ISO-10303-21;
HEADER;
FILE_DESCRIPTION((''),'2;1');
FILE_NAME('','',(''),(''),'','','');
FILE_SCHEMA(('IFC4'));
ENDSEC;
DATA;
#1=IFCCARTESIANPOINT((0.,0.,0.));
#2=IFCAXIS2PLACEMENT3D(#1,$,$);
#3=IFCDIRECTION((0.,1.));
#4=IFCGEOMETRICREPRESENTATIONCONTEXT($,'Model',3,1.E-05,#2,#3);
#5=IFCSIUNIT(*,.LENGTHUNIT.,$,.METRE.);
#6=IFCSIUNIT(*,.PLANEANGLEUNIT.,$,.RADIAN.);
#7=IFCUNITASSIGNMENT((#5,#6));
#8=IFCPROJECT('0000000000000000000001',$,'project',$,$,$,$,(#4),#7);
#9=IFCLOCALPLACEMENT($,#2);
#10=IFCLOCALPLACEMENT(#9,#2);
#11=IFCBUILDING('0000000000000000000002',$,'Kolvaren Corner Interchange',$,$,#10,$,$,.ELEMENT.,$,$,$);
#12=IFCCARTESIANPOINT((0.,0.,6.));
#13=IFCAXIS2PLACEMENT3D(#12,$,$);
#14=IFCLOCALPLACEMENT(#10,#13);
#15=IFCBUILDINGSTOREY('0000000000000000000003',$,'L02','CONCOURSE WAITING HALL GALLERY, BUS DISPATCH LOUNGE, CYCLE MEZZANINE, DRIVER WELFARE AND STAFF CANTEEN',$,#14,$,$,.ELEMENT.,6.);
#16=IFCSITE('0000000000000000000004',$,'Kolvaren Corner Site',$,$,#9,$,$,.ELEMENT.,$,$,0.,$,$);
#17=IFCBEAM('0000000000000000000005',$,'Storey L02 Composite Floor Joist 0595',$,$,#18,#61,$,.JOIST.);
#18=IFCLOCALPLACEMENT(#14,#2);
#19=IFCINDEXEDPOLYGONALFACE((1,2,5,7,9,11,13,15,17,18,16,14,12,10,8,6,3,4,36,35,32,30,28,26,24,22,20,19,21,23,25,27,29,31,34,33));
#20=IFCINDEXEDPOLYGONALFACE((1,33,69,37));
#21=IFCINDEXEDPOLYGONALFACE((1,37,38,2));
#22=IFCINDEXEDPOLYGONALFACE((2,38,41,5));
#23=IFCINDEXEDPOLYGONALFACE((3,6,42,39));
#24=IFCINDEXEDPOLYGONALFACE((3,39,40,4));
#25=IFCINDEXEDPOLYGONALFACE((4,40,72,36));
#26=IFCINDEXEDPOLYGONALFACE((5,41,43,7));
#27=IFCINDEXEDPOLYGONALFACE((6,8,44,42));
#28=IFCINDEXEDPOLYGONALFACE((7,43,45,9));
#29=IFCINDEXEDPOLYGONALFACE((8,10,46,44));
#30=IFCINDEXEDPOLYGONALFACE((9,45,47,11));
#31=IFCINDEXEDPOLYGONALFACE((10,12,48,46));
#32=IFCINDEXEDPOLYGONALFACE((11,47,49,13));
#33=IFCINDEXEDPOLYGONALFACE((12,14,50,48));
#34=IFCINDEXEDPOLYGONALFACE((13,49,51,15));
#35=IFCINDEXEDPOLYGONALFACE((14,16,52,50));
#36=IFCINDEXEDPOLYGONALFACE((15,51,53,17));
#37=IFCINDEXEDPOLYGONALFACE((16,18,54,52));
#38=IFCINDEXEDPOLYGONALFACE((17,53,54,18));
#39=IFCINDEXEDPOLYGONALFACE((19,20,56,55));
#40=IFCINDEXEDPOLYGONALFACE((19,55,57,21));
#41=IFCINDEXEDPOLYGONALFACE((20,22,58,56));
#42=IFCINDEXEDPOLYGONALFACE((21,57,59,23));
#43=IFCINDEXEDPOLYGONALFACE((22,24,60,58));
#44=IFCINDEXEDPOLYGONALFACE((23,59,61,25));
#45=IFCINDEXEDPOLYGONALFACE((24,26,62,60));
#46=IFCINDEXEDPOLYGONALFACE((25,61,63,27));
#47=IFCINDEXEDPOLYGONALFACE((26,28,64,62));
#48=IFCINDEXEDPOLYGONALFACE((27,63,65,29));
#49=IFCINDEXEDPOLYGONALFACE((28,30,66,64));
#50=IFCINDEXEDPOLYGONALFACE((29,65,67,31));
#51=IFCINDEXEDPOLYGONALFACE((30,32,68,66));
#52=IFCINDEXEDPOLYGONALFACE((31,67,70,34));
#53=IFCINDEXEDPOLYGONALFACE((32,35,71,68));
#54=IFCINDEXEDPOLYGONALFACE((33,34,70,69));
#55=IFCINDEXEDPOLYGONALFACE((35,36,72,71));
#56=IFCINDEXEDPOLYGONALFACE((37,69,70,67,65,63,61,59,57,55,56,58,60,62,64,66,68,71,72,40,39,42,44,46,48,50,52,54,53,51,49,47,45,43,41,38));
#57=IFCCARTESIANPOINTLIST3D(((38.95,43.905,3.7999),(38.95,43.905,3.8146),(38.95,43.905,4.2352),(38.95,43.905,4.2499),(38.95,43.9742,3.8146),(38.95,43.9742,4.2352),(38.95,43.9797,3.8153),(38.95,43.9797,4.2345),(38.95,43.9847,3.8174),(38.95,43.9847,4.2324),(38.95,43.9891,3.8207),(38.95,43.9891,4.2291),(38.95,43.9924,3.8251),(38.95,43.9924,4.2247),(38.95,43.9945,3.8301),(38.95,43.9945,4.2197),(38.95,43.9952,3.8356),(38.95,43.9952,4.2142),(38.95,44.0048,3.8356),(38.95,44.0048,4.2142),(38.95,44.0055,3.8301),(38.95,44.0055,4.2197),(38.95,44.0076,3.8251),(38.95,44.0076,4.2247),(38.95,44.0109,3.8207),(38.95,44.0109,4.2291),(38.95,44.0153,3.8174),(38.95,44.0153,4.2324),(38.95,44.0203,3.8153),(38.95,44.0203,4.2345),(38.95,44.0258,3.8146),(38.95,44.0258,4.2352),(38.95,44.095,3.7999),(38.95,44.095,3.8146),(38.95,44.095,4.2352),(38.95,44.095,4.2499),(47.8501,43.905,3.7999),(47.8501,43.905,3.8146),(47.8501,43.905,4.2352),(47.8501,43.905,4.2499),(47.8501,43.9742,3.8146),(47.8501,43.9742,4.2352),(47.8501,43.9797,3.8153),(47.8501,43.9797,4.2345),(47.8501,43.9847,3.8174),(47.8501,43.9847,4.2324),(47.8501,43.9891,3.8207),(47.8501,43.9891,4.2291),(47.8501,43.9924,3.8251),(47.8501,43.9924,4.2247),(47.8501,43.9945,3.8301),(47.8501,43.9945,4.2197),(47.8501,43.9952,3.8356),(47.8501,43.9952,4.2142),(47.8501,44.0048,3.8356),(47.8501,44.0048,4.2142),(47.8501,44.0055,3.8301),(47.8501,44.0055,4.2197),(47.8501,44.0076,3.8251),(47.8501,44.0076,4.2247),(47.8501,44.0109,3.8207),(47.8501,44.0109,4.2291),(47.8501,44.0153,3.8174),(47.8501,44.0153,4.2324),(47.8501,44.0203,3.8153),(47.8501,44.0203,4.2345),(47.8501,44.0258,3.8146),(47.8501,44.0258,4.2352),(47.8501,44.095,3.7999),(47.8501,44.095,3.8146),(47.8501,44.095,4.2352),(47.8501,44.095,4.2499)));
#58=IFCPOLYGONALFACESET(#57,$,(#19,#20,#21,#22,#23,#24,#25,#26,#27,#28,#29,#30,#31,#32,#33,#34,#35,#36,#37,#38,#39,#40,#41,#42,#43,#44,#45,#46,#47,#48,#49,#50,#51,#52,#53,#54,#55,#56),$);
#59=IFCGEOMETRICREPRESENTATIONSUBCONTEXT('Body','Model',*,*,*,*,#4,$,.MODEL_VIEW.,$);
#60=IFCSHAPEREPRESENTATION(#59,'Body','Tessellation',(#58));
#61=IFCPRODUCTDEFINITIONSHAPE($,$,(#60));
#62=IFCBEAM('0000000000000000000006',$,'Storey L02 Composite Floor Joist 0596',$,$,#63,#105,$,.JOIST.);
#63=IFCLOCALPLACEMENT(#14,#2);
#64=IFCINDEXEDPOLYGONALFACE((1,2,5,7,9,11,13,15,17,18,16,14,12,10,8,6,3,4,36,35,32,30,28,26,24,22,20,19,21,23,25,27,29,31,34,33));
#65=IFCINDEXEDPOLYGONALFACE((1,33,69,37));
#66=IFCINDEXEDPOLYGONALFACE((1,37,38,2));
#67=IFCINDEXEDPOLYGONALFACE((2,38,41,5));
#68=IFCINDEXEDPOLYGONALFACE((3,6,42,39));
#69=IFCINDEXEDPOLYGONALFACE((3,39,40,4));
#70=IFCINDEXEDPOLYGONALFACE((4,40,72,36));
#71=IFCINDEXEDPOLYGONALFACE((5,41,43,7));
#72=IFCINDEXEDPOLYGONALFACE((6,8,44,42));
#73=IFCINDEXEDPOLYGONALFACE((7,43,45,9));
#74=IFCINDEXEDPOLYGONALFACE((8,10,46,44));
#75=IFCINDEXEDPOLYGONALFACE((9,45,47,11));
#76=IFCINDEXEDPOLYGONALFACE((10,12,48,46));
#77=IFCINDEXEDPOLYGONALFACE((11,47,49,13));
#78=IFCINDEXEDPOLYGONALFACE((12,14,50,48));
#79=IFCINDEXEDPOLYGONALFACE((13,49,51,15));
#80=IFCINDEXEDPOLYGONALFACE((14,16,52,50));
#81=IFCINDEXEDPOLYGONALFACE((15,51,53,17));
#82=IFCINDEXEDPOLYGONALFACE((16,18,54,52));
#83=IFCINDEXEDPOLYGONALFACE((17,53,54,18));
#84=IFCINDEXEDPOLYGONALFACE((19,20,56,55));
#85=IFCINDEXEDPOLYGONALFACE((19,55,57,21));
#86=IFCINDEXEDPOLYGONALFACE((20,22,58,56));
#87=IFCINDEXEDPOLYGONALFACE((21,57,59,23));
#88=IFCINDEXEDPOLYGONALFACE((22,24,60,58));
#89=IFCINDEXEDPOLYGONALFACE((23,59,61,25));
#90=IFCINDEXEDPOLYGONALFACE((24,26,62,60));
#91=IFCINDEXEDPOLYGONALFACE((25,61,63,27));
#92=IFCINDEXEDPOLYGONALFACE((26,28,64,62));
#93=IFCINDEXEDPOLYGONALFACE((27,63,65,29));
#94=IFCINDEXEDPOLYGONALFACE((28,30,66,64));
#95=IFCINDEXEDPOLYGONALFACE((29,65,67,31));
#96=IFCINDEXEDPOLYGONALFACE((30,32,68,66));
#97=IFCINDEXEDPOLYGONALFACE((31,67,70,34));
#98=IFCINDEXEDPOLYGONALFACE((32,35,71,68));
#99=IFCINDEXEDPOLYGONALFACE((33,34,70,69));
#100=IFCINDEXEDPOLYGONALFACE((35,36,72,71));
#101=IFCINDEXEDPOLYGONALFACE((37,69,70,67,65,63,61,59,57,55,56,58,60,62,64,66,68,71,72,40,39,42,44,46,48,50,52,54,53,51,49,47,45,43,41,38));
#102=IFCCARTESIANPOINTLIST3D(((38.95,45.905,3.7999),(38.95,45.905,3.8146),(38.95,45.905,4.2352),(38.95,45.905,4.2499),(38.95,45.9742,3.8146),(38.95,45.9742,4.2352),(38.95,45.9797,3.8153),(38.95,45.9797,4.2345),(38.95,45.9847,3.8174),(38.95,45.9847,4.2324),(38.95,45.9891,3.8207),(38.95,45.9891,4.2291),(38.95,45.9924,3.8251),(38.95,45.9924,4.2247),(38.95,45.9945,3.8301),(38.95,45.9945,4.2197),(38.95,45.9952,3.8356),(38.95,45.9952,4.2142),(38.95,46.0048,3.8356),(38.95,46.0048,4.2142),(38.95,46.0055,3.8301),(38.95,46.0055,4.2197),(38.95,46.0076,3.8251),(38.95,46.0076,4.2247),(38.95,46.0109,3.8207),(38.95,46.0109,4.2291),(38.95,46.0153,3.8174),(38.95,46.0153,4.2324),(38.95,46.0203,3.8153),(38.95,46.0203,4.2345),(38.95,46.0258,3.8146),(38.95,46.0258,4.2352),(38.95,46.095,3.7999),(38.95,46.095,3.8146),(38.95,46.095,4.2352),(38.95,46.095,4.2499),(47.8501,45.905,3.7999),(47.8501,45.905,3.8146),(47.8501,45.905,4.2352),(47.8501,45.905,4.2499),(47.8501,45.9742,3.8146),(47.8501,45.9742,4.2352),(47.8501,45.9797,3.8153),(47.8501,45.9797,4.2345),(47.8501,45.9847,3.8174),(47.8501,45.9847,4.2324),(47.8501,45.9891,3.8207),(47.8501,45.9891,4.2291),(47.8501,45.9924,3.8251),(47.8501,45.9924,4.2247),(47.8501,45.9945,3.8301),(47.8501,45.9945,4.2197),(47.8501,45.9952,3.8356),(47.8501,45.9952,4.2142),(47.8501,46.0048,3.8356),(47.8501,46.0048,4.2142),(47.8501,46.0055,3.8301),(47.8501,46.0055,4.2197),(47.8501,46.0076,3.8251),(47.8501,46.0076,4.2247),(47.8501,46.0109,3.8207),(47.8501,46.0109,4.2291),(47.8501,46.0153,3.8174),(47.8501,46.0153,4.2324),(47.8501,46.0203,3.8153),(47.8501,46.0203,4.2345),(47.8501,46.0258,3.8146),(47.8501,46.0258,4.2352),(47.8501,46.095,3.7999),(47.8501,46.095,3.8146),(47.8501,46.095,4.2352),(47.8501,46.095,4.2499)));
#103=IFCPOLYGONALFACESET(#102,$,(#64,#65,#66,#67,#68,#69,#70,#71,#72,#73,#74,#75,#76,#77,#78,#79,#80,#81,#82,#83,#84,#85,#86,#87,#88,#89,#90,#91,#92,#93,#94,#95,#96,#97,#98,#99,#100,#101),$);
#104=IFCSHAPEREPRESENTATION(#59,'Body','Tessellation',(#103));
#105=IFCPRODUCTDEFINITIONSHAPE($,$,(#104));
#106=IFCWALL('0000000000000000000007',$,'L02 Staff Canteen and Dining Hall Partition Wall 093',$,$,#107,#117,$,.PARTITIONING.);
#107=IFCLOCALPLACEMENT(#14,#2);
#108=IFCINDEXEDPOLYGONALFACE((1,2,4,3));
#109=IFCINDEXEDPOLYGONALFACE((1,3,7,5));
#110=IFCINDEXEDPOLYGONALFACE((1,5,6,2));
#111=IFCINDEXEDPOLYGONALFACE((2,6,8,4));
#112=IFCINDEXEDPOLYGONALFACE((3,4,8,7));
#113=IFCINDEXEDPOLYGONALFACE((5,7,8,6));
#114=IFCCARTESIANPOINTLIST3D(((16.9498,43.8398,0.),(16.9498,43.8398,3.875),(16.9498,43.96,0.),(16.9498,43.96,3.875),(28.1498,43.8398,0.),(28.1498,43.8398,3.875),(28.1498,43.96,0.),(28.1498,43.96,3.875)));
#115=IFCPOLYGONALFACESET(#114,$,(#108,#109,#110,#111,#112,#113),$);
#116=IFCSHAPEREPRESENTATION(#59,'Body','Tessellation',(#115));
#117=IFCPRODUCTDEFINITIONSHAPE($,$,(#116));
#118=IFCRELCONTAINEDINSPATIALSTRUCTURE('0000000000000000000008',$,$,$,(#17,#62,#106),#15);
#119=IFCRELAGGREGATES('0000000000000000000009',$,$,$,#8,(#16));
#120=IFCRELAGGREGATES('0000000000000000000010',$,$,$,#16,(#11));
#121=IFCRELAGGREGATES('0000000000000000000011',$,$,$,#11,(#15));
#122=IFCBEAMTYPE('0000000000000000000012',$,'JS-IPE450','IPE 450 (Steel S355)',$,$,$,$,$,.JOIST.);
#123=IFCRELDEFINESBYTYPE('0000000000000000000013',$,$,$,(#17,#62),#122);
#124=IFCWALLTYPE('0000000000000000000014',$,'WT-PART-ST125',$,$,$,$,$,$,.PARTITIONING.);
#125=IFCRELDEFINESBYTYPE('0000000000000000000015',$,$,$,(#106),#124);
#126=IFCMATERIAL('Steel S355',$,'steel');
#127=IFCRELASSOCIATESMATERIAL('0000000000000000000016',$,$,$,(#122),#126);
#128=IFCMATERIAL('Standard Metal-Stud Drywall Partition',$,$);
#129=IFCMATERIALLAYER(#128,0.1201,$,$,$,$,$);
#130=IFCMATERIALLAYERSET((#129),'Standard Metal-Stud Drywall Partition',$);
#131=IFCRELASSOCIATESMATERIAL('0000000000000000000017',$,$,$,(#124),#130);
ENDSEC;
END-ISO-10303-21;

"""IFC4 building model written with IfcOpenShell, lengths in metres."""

from ifc_helpers import new_model, si_unit, direction, frame, frame_2d, origin, origin_2d, place, context, subcontext, project, spatial, rectangle, i_section, extrude, material, layer, layer_set, material_profile, profile_set, type_object, element, save


model = new_model("IFC4")

# Units and contexts
model_context = context("Model", 3, precision=1e-05, world=origin(), true_north=direction((0.0, 1.0)))
body_context = subcontext(model_context, "Body", "Model", "MODEL_VIEW")
ifc_project = project(units=[si_unit("LENGTHUNIT", "METRE"), si_unit("PLANEANGLEUNIT", "RADIAN")], contexts=[model_context])

# Site, building, storey
site_placement = place(None, origin())
site = spatial("IfcSite", under=ifc_project, at=site_placement, Name="Kolvaren Corner Site", CompositionType="ELEMENT", RefElevation=0.0)
building_placement = place(site_placement, origin())
building = spatial("IfcBuilding", under=site, at=building_placement, Name="Kolvaren Corner Interchange", CompositionType="ELEMENT")
storey_placement = place(building_placement, frame((0.0, 0.0, 6.0)))
storey = spatial("IfcBuildingStorey", under=building, at=storey_placement, Name="L02", Description="CONCOURSE WAITING HALL GALLERY, BUS DISPATCH LOUNGE, CYCLE MEZZANINE, DRIVER WELFARE AND STAFF CANTEEN", CompositionType="ELEMENT", Elevation=6.0)

# Beams
ifc_material_1 = material(Name="Steel S355", Category="steel")
ifc_material_profile_1 = material_profile(ifc_material_1, i_section(OverallWidth=0.1899, OverallDepth=0.45, WebThickness=0.0095, FlangeThickness=0.0146, FilletRadius=0.021, at=origin_2d()), Name="IPE 450")
ifc_profile_set_1 = profile_set([ifc_material_profile_1], Name="Steel S355")
beam_type_1 = type_object("IfcBeamType", Name="JS-IPE450", Description="IPE 450 (Steel S355)", PredefinedType="JOIST", material=ifc_profile_set_1)
for number, where, z_axis, x_axis, name in (
    (1, (38.95, 44.0, 4.0249), (1.0, 0.0, 0.0), (0.0, 1.0, 0.0), "Storey L02 Composite Floor Joist 0595"),
    (2, (38.95, 46.0, 4.0249), (1.0, 0.0, 0.0), (0.0, 1.0, 0.0), "Storey L02 Composite Floor Joist 0596"),
):
    element("IfcBeam", number, at=place(storey_placement, frame(where, z_axis=z_axis, x_axis=x_axis)), inside=storey, type_object=beam_type_1, Name=name, PredefinedType="JOIST", context=body_context, shape_type="SweptSolid", body=[
        extrude(i_section(OverallWidth=0.1899, OverallDepth=0.45, WebThickness=0.0095, FlangeThickness=0.0146, FilletRadius=0.021, at=origin_2d()), origin(), (0.0, 0.0, 1.0), 8.9001),
    ])

# Wall
ifc_material_2 = material(Name="Standard Metal-Stud Drywall Partition")
ifc_layer = layer(ifc_material_2, 0.1201)
ifc_layer_set = layer_set([ifc_layer], Name="Standard Metal-Stud Drywall Partition")
wall_type = type_object("IfcWallType", Name="WT-PART-ST125", PredefinedType="PARTITIONING", material=ifc_layer_set)
wall_placement = place(storey_placement, frame((28.1499, 43.8999, 0.0), z_axis=(0.0, 0.0, 1.0), x_axis=(-1.0, 0.0, 0.0)))
element("IfcWall", 3, at=wall_placement, inside=storey, type_object=wall_type, Name="L02 Staff Canteen and Dining Hall Partition Wall 093", PredefinedType="PARTITIONING", context=body_context, shape_type="SweptSolid", body=[
    extrude(rectangle(XDim=11.2, YDim=0.1201, at=frame_2d((5.6001, 0.0))), origin(), (0.0, 0.0, 1.0), 3.875),
])

save(model, "model.ifc")
